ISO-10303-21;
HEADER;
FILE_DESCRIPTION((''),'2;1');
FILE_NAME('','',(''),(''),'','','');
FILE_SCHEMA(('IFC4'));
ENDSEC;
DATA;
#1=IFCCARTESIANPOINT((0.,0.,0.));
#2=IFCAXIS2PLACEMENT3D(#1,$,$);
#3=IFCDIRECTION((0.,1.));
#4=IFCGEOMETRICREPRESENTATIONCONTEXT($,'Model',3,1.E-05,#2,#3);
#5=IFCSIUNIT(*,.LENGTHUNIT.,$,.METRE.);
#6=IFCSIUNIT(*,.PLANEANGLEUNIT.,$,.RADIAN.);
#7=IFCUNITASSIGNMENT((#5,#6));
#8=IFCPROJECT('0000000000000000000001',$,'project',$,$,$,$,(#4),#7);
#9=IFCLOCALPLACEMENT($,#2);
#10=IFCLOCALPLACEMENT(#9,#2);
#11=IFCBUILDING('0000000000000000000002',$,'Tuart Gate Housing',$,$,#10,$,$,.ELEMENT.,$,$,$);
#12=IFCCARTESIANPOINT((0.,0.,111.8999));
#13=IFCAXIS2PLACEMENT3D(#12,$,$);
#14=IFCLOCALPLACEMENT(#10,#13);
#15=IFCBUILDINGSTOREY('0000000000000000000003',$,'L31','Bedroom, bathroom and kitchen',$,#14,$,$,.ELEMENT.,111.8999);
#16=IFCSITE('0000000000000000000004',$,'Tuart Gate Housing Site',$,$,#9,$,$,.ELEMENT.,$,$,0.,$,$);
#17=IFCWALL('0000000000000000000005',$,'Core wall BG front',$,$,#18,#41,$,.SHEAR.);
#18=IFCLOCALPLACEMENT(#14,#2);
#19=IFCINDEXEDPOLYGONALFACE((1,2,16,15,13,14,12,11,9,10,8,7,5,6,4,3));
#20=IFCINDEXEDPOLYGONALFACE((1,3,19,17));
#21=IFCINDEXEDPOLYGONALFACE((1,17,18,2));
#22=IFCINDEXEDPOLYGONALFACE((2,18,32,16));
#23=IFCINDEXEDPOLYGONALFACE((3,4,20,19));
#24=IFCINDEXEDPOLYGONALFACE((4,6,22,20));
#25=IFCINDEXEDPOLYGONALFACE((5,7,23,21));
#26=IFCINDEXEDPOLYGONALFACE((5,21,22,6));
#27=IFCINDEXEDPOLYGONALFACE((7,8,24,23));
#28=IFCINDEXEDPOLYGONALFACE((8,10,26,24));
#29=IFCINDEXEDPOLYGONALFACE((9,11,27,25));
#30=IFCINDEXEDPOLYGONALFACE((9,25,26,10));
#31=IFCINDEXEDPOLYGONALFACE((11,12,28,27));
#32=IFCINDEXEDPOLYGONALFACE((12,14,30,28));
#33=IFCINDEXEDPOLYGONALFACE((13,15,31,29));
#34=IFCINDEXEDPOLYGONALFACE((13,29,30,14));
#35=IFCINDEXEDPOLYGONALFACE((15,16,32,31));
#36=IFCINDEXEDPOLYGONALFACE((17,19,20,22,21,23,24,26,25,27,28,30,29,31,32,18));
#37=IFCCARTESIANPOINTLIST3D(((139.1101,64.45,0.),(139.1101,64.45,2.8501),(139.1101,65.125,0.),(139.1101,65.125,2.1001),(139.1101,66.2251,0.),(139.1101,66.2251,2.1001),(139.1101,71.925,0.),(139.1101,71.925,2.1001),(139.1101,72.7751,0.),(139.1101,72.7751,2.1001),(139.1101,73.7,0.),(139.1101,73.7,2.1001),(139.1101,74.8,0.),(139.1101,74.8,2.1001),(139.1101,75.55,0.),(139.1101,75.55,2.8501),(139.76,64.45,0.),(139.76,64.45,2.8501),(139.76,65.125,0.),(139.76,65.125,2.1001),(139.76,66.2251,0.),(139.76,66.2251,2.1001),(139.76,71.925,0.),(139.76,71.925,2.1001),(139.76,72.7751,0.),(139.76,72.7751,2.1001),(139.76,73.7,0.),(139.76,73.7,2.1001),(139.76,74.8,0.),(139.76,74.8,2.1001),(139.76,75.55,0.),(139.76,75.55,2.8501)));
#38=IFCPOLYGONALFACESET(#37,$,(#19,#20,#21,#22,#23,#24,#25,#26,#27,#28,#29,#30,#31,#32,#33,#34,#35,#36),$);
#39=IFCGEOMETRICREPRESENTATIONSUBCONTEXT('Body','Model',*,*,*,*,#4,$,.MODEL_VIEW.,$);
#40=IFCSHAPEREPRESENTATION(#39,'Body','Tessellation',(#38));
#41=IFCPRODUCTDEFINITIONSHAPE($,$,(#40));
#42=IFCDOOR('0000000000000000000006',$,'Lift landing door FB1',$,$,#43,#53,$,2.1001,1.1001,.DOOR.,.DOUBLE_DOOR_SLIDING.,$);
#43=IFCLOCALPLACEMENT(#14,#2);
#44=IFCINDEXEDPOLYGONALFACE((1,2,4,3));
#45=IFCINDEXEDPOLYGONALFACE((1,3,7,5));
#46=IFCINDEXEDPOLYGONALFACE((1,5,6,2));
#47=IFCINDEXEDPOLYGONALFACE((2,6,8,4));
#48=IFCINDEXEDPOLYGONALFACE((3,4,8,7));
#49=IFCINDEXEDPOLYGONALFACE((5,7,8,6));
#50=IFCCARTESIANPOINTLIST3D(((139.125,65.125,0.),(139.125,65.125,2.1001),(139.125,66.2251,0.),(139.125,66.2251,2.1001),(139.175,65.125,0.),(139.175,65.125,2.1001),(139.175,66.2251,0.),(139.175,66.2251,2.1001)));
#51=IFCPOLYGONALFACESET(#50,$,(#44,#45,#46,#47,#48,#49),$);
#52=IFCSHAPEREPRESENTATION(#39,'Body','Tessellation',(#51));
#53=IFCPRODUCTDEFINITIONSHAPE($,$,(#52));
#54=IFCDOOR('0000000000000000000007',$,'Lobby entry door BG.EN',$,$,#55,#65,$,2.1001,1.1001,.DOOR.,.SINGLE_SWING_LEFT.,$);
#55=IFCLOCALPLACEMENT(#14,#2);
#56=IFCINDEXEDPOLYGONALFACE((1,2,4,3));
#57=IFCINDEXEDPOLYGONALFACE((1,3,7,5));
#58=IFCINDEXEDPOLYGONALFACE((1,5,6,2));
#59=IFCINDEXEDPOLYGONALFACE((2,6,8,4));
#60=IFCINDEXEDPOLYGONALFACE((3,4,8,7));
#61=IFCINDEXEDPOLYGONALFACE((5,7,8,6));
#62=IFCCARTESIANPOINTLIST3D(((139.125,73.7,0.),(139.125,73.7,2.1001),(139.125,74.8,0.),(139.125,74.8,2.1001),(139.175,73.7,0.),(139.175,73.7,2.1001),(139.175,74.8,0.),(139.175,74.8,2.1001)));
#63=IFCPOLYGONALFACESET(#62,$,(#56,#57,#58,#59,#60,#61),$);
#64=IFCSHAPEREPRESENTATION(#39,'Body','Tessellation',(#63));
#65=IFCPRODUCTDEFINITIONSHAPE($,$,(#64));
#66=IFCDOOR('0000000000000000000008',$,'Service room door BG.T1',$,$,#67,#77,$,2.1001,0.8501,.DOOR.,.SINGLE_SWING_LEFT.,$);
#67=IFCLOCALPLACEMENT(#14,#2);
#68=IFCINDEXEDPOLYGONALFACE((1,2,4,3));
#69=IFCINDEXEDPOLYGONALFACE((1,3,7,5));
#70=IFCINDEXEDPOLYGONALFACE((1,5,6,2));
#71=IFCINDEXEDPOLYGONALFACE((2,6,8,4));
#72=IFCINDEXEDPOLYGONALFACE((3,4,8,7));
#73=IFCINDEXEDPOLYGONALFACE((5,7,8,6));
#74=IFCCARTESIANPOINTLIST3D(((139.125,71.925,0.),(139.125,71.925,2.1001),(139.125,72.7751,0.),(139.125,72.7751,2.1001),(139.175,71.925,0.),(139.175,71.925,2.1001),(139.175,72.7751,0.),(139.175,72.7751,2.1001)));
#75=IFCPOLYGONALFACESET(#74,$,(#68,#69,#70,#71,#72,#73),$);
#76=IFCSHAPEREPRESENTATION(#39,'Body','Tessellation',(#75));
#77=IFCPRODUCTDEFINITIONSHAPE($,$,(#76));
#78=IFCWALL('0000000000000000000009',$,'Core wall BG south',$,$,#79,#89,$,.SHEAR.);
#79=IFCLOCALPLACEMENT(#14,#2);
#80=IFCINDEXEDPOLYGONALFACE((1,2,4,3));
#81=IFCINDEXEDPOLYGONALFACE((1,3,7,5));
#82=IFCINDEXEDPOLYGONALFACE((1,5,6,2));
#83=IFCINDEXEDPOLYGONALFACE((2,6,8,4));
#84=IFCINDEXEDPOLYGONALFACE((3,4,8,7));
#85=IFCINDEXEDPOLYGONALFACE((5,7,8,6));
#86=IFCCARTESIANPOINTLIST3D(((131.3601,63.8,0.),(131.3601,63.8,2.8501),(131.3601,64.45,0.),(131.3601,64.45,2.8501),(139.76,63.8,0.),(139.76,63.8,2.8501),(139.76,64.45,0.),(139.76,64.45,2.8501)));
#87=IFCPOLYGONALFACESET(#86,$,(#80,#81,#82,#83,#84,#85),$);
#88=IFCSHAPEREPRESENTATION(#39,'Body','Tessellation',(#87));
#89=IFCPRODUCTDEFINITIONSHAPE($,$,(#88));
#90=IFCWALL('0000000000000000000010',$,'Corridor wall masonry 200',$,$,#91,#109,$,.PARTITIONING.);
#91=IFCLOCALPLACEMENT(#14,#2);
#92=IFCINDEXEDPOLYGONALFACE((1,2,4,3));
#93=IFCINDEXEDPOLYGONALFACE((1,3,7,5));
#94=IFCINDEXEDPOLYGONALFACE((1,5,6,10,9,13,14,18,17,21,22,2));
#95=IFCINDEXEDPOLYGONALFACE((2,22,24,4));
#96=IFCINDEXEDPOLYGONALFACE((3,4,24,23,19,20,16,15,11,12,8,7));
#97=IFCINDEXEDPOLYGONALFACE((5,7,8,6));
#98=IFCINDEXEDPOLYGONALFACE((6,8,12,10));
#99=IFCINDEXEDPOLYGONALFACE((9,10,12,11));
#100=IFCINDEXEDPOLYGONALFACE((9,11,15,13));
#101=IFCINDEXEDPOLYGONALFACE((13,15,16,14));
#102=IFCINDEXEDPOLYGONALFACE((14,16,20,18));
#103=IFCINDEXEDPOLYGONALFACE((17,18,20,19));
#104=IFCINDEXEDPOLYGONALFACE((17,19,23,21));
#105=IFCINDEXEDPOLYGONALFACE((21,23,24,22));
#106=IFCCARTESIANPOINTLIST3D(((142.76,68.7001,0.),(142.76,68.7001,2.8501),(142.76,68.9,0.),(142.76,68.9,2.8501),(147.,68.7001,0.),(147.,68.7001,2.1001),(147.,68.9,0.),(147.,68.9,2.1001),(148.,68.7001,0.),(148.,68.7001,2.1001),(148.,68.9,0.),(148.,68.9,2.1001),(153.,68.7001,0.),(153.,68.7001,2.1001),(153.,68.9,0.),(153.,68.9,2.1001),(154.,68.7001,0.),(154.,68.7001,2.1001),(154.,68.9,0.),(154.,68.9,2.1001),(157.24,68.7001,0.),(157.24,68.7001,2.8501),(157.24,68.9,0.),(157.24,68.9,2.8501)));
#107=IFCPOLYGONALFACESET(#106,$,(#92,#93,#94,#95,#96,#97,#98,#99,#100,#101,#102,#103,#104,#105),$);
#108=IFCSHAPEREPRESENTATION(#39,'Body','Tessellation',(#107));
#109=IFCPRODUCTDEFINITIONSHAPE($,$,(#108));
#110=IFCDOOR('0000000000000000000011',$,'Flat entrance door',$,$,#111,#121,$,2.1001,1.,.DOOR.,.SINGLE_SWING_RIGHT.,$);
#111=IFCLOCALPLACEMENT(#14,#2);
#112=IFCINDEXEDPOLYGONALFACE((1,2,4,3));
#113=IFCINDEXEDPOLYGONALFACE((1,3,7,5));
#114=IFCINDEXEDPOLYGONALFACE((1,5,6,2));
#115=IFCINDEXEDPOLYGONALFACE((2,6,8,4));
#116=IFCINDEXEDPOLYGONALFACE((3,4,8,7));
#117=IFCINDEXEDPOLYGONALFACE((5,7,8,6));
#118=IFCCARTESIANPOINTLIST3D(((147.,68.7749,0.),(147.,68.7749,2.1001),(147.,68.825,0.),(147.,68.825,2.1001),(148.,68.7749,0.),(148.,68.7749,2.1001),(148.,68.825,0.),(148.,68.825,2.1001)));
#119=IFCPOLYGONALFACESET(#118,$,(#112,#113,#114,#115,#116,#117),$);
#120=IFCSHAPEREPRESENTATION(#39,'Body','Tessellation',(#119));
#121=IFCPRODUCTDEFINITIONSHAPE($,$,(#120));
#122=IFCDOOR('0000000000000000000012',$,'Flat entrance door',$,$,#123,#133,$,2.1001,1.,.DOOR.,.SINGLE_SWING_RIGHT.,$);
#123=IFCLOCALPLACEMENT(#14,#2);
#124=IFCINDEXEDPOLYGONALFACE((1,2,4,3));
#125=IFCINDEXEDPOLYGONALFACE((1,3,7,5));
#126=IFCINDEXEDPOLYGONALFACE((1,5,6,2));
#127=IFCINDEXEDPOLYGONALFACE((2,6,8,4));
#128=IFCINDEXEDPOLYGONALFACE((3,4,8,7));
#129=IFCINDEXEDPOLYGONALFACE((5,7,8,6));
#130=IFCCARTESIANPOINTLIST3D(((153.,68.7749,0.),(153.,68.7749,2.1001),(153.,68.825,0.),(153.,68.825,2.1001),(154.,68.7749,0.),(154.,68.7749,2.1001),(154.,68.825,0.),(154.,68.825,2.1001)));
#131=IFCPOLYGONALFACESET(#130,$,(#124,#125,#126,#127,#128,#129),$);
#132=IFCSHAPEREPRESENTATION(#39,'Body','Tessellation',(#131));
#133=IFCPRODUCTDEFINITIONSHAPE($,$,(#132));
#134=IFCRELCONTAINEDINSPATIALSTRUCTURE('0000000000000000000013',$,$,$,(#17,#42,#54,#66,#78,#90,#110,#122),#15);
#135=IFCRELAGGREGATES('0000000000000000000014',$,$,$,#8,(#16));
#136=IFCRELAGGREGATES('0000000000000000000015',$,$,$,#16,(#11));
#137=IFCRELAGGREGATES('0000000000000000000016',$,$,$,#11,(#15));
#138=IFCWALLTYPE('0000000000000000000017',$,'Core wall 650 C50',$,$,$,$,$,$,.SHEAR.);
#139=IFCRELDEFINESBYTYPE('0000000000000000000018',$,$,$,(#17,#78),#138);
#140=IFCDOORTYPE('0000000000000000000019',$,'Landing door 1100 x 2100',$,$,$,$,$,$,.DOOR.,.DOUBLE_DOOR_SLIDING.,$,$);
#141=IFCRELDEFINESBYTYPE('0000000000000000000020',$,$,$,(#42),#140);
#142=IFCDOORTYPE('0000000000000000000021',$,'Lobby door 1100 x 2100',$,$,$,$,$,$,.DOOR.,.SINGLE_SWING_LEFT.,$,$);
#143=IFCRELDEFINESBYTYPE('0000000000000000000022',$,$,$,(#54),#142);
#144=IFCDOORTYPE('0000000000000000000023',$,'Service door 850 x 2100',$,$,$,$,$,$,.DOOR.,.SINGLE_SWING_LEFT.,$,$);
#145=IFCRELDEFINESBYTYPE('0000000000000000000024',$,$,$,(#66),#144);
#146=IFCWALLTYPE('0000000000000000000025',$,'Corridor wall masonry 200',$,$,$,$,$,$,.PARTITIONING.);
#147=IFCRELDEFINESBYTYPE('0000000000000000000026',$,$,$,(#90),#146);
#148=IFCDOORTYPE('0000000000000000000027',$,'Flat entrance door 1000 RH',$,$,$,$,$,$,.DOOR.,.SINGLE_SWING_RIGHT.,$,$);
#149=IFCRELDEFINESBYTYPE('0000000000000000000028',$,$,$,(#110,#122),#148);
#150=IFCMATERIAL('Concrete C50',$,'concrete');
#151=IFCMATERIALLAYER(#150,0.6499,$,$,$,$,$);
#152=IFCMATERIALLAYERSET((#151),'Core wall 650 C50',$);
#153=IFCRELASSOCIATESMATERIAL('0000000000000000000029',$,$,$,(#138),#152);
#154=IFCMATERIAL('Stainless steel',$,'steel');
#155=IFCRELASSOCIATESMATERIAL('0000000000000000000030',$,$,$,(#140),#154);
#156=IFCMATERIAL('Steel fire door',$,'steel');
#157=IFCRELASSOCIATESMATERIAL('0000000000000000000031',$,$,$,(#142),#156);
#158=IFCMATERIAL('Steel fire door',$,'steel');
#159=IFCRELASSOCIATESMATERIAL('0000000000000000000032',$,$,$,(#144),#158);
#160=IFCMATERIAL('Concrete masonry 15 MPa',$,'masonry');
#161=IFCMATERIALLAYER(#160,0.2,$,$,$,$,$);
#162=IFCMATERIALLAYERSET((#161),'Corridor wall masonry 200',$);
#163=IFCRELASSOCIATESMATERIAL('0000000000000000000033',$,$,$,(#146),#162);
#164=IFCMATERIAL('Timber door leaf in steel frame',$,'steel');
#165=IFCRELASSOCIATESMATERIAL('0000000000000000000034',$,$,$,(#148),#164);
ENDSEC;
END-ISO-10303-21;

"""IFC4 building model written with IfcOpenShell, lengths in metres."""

from ifc_helpers import new_model, si_unit, direction, frame, frame_2d, origin, place, context, subcontext, project, spatial, rectangle, extrude, material, layer, layer_set, type_object, element, fill, save


model = new_model("IFC4")

# Units and contexts
model_context = context("Model", 3, precision=1e-05, world=origin(), true_north=direction((0.0, 1.0)))
body_context = subcontext(model_context, "Body", "Model", "MODEL_VIEW")
ifc_project = project(units=[si_unit("LENGTHUNIT", "METRE"), si_unit("PLANEANGLEUNIT", "RADIAN")], contexts=[model_context])

# Site, building, storey
site_placement = place(None, origin())
site = spatial("IfcSite", under=ifc_project, at=site_placement, Name="Tuart Gate Housing Site", CompositionType="ELEMENT", RefElevation=0.0)
building_placement = place(site_placement, origin())
building = spatial("IfcBuilding", under=site, at=building_placement, Name="Tuart Gate Housing", CompositionType="ELEMENT")
storey_placement = place(building_placement, frame((0.0, 0.0, 111.8999)))
storey = spatial("IfcBuildingStorey", under=building, at=storey_placement, Name="L31", Description="Bedroom, bathroom and kitchen", CompositionType="ELEMENT", Elevation=111.8999)

# Wall, openings, doors
ifc_material_1 = material(Name="Concrete C50", Category="concrete")
ifc_layer_1 = layer(ifc_material_1, 0.6499)
ifc_layer_set_1 = layer_set([ifc_layer_1], Name="Core wall 650 C50")
wall_type_1 = type_object("IfcWallType", Name="Core wall 650 C50", PredefinedType="SHEAR", material=ifc_layer_set_1)
wall_1_placement = place(storey_placement, frame((139.4351, 64.45, 0.0), z_axis=(0.0, 0.0, 1.0), x_axis=(0.0, 1.0, 0.0)))
wall_1 = element("IfcWall", 1, at=wall_1_placement, inside=storey, type_object=wall_type_1, Name="Core wall BG front", PredefinedType="SHEAR", context=body_context, shape_type="SweptSolid", body=[
    extrude(rectangle(XDim=11.1001, YDim=0.6499, at=frame_2d((5.55, 0.0))), origin(), (0.0, 0.0, 1.0), 2.8501),
])
opening_1_placement = place(wall_1_placement, frame((0.675, 0.0, 0.0)))
opening_1 = element("IfcOpeningElement", 2, at=opening_1_placement, cuts=wall_1, PredefinedType="OPENING", context=body_context, shape_type="SweptSolid", body=[
    extrude(rectangle(XDim=1.1001, YDim=2.1001, at=frame_2d((0.55, 1.05))), frame((0.0, 0.335, 0.0), z_axis=(0.0, -1.0, 0.0), x_axis=(1.0, 0.0, 0.0)), (0.0, 0.0, 1.0), 0.6699),
])
opening_2_placement = place(wall_1_placement, frame((9.25, 0.0, 0.0)))
opening_2 = element("IfcOpeningElement", 3, at=opening_2_placement, cuts=wall_1, PredefinedType="OPENING", context=body_context, shape_type="SweptSolid", body=[
    extrude(rectangle(XDim=1.1001, YDim=2.1001, at=frame_2d((0.55, 1.05))), frame((0.0, 0.335, 0.0), z_axis=(0.0, -1.0, 0.0), x_axis=(1.0, 0.0, 0.0)), (0.0, 0.0, 1.0), 0.6699),
])
opening_3_placement = place(wall_1_placement, frame((7.4751, 0.0, 0.0)))
opening_3 = element("IfcOpeningElement", 4, at=opening_3_placement, cuts=wall_1, PredefinedType="OPENING", context=body_context, shape_type="SweptSolid", body=[
    extrude(rectangle(XDim=0.8501, YDim=2.1001, at=frame_2d((0.425, 1.05))), frame((0.0, 0.335, 0.0), z_axis=(0.0, -1.0, 0.0), x_axis=(1.0, 0.0, 0.0)), (0.0, 0.0, 1.0), 0.6699),
])
ifc_material_2 = material(Name="Stainless steel", Category="steel")
door_type_1 = type_object("IfcDoorType", Name="Landing door 1100 x 2100", OperationType="DOUBLE_DOOR_SLIDING", PredefinedType="DOOR", material=ifc_material_2)
door_1_placement = place(opening_1_placement, origin())
door_1 = element("IfcDoor", 5, at=door_1_placement, inside=storey, type_object=door_type_1, Name="Lift landing door FB1", OperationType="DOUBLE_DOOR_SLIDING", OverallHeight=2.1001, OverallWidth=1.1001, PredefinedType="DOOR", context=body_context, shape_type="SweptSolid", body=[
    extrude(rectangle(XDim=1.1001, YDim=2.1001, at=frame_2d((0.55, 1.05))), frame((0.0, 0.3101, 0.0), z_axis=(0.0, -1.0, 0.0), x_axis=(1.0, 0.0, 0.0)), (0.0, 0.0, 1.0), 0.05),
])
fill(opening_1, door_1)
ifc_material_3 = material(Name="Steel fire door", Category="steel")
door_type_2 = type_object("IfcDoorType", Name="Lobby door 1100 x 2100", OperationType="SINGLE_SWING_LEFT", PredefinedType="DOOR", material=ifc_material_3)
door_2_placement = place(opening_2_placement, origin())
door_2 = element("IfcDoor", 6, at=door_2_placement, inside=storey, type_object=door_type_2, Name="Lobby entry door BG.EN", OperationType="SINGLE_SWING_LEFT", OverallHeight=2.1001, OverallWidth=1.1001, PredefinedType="DOOR", context=body_context, shape_type="SweptSolid", body=[
    extrude(rectangle(XDim=1.1001, YDim=2.1001, at=frame_2d((0.55, 1.05))), frame((0.0, 0.3101, 0.0), z_axis=(0.0, -1.0, 0.0), x_axis=(1.0, 0.0, 0.0)), (0.0, 0.0, 1.0), 0.05),
])
fill(opening_2, door_2)
ifc_material_4 = material(Name="Steel fire door", Category="steel")
door_type_3 = type_object("IfcDoorType", Name="Service door 850 x 2100", OperationType="SINGLE_SWING_LEFT", PredefinedType="DOOR", material=ifc_material_4)
door_3_placement = place(opening_3_placement, origin())
door_3 = element("IfcDoor", 7, at=door_3_placement, inside=storey, type_object=door_type_3, Name="Service room door BG.T1", OperationType="SINGLE_SWING_LEFT", OverallHeight=2.1001, OverallWidth=0.8501, PredefinedType="DOOR", context=body_context, shape_type="SweptSolid", body=[
    extrude(rectangle(XDim=0.8501, YDim=2.1001, at=frame_2d((0.425, 1.05))), frame((0.0, 0.3101, 0.0), z_axis=(0.0, -1.0, 0.0), x_axis=(1.0, 0.0, 0.0)), (0.0, 0.0, 1.0), 0.05),
])
fill(opening_3, door_3)

# Wall
wall_2_placement = place(storey_placement, frame((139.76, 64.125, 0.0), z_axis=(0.0, 0.0, 1.0), x_axis=(-1.0, 0.0, 0.0)))
element("IfcWall", 8, at=wall_2_placement, inside=storey, type_object=wall_type_1, Name="Core wall BG south", PredefinedType="SHEAR", context=body_context, shape_type="SweptSolid", body=[
    extrude(rectangle(XDim=8.3999, YDim=0.6499, at=frame_2d((4.2, 0.0))), origin(), (0.0, 0.0, 1.0), 2.8501),
])

# Wall, openings, doors
ifc_material_5 = material(Name="Concrete masonry 15 MPa", Category="masonry")
ifc_layer_2 = layer(ifc_material_5, 0.2)
ifc_layer_set_2 = layer_set([ifc_layer_2], Name="Corridor wall masonry 200")
wall_type_2 = type_object("IfcWallType", Name="Corridor wall masonry 200", PredefinedType="PARTITIONING", material=ifc_layer_set_2)
wall_3_placement = place(storey_placement, frame((142.76, 68.8, 0.0), z_axis=(0.0, 0.0, 1.0), x_axis=(1.0, 0.0, 0.0)))
wall_3 = element("IfcWall", 9, at=wall_3_placement, inside=storey, type_object=wall_type_2, Name="Corridor wall masonry 200", PredefinedType="PARTITIONING", context=body_context, shape_type="SweptSolid", body=[
    extrude(rectangle(XDim=14.48, YDim=0.2, at=frame_2d((7.24, 0.0))), origin(), (0.0, 0.0, 1.0), 2.8501),
])
opening_4_placement = place(wall_3_placement, frame((4.24, 0.0, 0.0)))
opening_4 = element("IfcOpeningElement", 10, at=opening_4_placement, cuts=wall_3, PredefinedType="OPENING", context=body_context, shape_type="SweptSolid", body=[
    extrude(rectangle(XDim=1.0, YDim=2.1001, at=frame_2d((0.5, 1.05))), frame((0.0, 0.1099, 0.0), z_axis=(0.0, -1.0, 0.0), x_axis=(1.0, 0.0, 0.0)), (0.0, 0.0, 1.0), 0.22),
])
opening_5_placement = place(wall_3_placement, frame((10.24, 0.0, 0.0)))
opening_5 = element("IfcOpeningElement", 11, at=opening_5_placement, cuts=wall_3, PredefinedType="OPENING", context=body_context, shape_type="SweptSolid", body=[
    extrude(rectangle(XDim=1.0, YDim=2.1001, at=frame_2d((0.5, 1.05))), frame((0.0, 0.1099, 0.0), z_axis=(0.0, -1.0, 0.0), x_axis=(1.0, 0.0, 0.0)), (0.0, 0.0, 1.0), 0.22),
])
ifc_material_6 = material(Name="Timber door leaf in steel frame", Category="steel")
door_type_4 = type_object("IfcDoorType", Name="Flat entrance door 1000 RH", OperationType="SINGLE_SWING_RIGHT", PredefinedType="DOOR", material=ifc_material_6)
door_4_placement = place(opening_4_placement, frame((1.0, 0.0, 0.0), z_axis=(0.0, 0.0, 1.0), x_axis=(-1.0, 0.0, 0.0)))
door_4 = element("IfcDoor", 12, at=door_4_placement, inside=storey, type_object=door_type_4, Name="Flat entrance door", OperationType="SINGLE_SWING_RIGHT", OverallHeight=2.1001, OverallWidth=1.0, PredefinedType="DOOR", context=body_context, shape_type="SweptSolid", body=[
    extrude(rectangle(XDim=1.0, YDim=2.1001, at=frame_2d((0.5, 1.05))), frame((0.0, 0.0251, 0.0), z_axis=(0.0, -1.0, 0.0), x_axis=(1.0, 0.0, 0.0)), (0.0, 0.0, 1.0), 0.05),
])
fill(opening_4, door_4)
door_5_placement = place(opening_5_placement, frame((1.0, 0.0, 0.0), z_axis=(0.0, 0.0, 1.0), x_axis=(-1.0, 0.0, 0.0)))
door_5 = element("IfcDoor", 13, at=door_5_placement, inside=storey, type_object=door_type_4, Name="Flat entrance door", OperationType="SINGLE_SWING_RIGHT", OverallHeight=2.1001, OverallWidth=1.0, PredefinedType="DOOR", context=body_context, shape_type="SweptSolid", body=[
    extrude(rectangle(XDim=1.0, YDim=2.1001, at=frame_2d((0.5, 1.05))), frame((0.0, 0.0251, 0.0), z_axis=(0.0, -1.0, 0.0), x_axis=(1.0, 0.0, 0.0)), (0.0, 0.0, 1.0), 0.05),
])
fill(opening_5, door_5)

save(model, "model.ifc")
